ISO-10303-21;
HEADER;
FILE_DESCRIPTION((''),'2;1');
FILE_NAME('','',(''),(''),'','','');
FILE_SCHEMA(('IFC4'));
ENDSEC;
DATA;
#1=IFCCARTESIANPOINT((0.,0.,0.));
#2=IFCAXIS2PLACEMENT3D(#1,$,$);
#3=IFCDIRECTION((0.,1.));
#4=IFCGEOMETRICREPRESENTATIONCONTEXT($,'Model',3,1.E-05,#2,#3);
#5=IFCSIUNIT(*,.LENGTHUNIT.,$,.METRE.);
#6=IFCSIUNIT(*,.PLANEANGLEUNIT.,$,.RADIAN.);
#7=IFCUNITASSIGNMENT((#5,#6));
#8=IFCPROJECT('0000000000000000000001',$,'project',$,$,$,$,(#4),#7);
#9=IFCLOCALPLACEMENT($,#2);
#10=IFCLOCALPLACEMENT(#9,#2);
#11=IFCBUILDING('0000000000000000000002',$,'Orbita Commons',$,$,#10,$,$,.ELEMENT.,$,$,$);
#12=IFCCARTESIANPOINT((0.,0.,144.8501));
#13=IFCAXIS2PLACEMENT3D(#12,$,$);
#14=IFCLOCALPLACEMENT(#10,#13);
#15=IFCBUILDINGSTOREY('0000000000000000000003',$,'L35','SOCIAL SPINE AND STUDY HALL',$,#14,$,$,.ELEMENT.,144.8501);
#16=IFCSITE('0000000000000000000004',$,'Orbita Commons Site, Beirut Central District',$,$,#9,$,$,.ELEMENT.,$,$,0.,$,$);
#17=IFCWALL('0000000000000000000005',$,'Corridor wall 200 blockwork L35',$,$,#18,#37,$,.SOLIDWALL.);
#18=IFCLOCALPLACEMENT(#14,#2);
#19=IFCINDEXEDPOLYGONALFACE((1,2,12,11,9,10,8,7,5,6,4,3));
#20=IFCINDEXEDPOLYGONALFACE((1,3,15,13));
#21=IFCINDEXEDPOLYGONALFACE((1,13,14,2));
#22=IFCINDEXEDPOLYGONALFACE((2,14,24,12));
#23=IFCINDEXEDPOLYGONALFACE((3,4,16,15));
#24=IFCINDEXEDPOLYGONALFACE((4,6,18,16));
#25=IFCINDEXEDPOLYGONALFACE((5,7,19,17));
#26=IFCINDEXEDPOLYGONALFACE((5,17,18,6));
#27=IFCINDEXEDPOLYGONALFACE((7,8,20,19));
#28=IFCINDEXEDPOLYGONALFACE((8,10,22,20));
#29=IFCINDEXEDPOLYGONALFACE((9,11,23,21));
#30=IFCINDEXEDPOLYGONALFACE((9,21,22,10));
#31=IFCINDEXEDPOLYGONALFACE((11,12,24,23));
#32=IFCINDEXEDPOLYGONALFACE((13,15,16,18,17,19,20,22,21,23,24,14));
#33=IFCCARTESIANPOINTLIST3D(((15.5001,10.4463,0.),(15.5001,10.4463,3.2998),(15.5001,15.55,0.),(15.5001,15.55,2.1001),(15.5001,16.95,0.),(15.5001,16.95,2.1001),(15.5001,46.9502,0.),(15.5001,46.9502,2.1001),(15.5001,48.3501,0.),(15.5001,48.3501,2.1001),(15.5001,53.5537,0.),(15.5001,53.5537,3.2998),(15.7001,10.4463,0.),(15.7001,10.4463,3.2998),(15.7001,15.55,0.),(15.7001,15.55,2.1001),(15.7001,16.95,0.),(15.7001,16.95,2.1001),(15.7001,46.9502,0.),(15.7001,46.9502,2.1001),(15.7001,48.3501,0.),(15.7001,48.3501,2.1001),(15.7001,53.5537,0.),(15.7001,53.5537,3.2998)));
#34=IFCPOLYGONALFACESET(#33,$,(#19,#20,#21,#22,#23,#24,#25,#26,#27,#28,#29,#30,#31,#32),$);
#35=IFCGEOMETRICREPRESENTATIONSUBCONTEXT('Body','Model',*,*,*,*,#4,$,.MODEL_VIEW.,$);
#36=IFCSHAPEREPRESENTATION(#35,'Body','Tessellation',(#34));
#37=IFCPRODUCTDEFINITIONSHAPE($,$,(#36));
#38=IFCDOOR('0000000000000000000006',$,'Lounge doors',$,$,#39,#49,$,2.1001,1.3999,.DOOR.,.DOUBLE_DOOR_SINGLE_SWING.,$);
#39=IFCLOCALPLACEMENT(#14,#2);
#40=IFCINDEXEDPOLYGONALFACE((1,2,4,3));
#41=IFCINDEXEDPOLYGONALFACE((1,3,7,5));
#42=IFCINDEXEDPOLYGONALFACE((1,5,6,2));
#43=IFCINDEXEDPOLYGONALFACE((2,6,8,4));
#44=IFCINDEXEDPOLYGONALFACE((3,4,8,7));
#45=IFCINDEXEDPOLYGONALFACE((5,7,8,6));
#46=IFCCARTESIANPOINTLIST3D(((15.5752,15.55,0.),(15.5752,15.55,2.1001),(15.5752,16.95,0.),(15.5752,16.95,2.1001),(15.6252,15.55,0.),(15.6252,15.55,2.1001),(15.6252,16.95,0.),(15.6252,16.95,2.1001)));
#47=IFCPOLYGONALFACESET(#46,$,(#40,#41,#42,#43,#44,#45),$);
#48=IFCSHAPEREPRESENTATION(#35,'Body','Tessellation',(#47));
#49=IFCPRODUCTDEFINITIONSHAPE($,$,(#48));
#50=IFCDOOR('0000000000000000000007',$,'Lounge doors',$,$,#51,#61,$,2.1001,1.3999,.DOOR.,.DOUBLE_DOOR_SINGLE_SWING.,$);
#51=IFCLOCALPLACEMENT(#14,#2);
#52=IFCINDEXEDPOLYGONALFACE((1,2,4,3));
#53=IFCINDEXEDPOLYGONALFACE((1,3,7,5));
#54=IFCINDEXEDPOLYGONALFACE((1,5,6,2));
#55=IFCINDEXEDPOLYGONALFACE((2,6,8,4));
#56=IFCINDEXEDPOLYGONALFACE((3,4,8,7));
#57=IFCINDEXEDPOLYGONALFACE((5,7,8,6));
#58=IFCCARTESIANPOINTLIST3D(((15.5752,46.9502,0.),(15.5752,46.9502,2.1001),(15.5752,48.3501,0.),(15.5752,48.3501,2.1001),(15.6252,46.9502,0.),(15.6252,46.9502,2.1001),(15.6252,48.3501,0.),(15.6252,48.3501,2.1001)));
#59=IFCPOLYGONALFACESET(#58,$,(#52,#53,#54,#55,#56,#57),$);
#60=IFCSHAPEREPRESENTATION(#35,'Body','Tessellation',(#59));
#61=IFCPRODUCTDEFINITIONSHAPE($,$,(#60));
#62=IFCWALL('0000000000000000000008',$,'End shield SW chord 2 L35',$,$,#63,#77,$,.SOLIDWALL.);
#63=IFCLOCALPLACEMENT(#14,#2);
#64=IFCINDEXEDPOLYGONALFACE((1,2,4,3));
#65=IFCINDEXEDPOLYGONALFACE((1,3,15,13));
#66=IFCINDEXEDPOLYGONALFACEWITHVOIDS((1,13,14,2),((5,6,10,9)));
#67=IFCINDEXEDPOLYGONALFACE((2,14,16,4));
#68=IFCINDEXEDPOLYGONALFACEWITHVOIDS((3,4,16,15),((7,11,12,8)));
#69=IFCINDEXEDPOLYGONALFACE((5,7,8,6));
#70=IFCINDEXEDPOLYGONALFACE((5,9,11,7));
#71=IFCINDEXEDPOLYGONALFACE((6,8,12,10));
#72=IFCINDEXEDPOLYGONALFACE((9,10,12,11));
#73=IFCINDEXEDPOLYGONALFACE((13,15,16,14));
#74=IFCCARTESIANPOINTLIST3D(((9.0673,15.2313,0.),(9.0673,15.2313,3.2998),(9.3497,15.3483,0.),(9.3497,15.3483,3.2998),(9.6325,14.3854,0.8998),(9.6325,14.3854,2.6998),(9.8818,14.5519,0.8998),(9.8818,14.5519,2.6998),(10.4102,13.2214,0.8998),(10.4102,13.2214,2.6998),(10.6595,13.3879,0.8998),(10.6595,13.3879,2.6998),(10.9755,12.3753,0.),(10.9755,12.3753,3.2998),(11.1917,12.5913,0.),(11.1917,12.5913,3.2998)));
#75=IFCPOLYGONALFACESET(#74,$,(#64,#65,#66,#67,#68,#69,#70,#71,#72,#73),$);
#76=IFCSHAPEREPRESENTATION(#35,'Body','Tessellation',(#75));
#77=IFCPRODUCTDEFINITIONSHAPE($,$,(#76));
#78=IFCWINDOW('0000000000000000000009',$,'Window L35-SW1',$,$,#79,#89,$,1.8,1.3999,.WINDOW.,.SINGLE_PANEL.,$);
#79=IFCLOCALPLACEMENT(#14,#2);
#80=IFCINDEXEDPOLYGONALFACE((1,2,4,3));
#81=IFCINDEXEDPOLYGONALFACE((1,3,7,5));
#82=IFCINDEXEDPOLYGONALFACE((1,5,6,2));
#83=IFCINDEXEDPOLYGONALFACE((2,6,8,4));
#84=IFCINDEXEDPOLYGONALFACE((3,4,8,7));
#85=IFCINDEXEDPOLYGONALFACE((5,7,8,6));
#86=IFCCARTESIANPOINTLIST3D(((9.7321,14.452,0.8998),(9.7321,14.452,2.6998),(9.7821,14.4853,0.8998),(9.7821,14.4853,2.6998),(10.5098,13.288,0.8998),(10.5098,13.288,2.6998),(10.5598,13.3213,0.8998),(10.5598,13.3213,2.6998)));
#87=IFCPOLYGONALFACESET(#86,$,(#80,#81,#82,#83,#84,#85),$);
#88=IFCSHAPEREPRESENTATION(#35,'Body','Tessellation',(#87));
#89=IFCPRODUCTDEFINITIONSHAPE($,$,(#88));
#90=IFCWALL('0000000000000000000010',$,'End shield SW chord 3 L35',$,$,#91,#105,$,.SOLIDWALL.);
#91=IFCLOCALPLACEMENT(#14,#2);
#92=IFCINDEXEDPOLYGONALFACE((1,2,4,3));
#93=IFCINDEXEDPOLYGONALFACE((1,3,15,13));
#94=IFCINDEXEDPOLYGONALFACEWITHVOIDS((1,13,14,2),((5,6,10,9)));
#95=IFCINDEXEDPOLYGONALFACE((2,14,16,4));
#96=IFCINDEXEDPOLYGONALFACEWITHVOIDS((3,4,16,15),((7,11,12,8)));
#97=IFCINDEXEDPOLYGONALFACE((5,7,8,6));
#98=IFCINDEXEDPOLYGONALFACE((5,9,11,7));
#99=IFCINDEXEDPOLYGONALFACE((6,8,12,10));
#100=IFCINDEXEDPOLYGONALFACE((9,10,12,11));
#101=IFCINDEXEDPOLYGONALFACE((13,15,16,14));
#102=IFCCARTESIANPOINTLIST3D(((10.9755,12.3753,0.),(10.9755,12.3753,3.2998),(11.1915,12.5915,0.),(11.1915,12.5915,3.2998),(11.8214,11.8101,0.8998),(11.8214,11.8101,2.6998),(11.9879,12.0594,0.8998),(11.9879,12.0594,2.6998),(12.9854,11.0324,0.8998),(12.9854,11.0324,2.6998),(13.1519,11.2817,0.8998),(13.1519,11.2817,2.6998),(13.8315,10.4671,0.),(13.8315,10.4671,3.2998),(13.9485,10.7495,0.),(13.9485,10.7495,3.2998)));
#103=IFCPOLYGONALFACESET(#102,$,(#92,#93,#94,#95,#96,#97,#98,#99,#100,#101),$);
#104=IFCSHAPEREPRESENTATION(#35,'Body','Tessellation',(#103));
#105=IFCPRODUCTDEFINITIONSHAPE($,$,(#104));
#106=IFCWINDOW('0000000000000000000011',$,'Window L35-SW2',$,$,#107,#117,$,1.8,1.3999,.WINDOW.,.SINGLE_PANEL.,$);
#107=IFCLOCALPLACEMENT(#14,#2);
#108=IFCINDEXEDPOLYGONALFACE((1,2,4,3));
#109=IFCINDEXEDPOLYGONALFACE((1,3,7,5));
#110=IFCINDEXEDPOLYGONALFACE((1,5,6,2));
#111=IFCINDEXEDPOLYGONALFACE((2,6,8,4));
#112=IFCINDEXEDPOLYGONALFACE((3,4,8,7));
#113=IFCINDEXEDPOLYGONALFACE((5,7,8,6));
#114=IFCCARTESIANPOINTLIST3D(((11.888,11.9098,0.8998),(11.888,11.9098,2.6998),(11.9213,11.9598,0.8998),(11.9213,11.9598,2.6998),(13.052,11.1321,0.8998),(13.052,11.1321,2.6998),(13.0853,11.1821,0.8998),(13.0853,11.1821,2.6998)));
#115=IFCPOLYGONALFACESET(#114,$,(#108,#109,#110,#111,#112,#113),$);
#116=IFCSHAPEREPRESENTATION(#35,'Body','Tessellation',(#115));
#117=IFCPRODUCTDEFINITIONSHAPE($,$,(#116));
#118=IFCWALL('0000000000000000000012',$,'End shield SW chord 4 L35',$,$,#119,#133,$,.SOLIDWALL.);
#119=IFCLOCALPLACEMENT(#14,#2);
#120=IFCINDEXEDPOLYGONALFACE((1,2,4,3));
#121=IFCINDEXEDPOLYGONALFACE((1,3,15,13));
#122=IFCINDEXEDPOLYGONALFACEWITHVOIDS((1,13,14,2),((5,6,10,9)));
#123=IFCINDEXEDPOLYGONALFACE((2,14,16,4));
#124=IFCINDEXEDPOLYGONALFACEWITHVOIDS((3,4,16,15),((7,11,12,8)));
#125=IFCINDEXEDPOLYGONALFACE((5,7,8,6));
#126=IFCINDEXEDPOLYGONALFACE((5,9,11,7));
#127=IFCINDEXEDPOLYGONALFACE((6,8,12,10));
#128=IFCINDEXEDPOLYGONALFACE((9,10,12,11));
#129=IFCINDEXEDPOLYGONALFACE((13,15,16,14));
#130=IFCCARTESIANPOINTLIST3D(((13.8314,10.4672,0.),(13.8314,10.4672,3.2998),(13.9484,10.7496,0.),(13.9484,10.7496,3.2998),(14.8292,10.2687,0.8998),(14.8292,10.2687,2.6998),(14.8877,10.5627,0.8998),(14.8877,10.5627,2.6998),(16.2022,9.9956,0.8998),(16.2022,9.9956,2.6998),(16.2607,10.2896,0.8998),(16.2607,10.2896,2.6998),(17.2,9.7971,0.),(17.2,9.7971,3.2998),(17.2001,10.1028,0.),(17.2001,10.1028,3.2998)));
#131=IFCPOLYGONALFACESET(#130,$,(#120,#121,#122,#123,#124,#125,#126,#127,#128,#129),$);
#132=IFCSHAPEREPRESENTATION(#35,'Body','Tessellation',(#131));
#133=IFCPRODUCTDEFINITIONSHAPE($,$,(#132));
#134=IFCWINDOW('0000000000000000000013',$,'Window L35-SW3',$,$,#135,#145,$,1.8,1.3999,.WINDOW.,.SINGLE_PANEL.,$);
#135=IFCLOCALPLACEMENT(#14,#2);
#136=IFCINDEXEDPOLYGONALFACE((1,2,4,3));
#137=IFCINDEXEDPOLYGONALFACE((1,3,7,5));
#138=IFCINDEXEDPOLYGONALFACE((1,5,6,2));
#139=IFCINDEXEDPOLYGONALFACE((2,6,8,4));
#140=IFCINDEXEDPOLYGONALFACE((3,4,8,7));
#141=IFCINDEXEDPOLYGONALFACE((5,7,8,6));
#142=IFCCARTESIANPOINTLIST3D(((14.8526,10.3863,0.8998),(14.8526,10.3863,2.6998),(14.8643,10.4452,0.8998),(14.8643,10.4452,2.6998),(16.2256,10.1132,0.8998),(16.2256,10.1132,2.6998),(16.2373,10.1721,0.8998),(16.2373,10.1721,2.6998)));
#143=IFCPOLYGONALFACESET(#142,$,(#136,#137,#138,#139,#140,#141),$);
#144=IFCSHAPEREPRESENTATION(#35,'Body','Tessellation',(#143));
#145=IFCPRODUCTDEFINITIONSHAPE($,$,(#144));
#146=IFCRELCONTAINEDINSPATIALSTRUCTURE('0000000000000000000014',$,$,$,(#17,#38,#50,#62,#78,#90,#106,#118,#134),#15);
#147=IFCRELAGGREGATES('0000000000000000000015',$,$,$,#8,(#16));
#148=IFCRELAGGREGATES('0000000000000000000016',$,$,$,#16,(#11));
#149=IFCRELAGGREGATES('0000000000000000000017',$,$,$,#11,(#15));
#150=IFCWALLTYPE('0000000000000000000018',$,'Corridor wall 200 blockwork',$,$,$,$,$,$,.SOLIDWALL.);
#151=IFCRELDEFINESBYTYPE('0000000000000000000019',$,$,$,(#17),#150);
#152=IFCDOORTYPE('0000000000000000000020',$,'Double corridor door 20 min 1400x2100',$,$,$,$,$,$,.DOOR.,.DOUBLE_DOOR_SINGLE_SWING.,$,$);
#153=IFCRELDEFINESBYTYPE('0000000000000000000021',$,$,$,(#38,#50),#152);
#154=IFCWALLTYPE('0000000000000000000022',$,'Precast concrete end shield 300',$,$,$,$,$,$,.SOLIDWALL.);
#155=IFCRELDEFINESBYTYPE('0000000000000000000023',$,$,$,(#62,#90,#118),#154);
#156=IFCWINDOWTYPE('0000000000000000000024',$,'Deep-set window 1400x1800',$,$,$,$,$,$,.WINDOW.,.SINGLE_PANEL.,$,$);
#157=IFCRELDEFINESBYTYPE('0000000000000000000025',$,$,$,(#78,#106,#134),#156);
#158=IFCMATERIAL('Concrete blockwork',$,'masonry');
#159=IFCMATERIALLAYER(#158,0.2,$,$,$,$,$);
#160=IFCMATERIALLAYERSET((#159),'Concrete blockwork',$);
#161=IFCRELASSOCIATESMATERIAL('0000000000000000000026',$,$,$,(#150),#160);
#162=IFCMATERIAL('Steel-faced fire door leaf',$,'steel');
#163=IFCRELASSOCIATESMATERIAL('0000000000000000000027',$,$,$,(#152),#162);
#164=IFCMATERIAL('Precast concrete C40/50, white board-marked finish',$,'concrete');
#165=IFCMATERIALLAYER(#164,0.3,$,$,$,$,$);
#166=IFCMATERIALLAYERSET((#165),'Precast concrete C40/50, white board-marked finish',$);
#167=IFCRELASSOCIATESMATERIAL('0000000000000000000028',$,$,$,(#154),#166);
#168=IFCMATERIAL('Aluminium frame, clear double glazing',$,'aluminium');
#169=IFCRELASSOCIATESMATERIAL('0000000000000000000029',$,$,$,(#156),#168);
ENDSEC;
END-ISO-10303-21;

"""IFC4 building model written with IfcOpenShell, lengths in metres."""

from ifc_helpers import new_model, si_unit, direction, frame, frame_2d, origin, place, context, subcontext, project, spatial, polyline, rectangle, outline, extrude, material, layer, layer_set, type_object, element, fill, save


model = new_model("IFC4")

# Units and contexts
model_context = context("Model", 3, precision=1e-05, world=origin(), true_north=direction((0.0, 1.0)))
body_context = subcontext(model_context, "Body", "Model", "MODEL_VIEW")
ifc_project = project(units=[si_unit("LENGTHUNIT", "METRE"), si_unit("PLANEANGLEUNIT", "RADIAN")], contexts=[model_context])

# Site, building, storey
site_placement = place(None, origin())
site = spatial("IfcSite", under=ifc_project, at=site_placement, Name="Orbita Commons Site, Beirut Central District", CompositionType="ELEMENT", RefElevation=0.0)
building_placement = place(site_placement, origin())
building = spatial("IfcBuilding", under=site, at=building_placement, Name="Orbita Commons", CompositionType="ELEMENT")
storey_placement = place(building_placement, frame((0.0, 0.0, 144.8501)))
storey = spatial("IfcBuildingStorey", under=building, at=storey_placement, Name="L35", Description="SOCIAL SPINE AND STUDY HALL", CompositionType="ELEMENT", Elevation=144.8501)

# Shared definitions
ifc_material_1 = material(Name="Concrete blockwork", Category="masonry")
ifc_layer_1 = layer(ifc_material_1, 0.2)
ifc_layer_set_1 = layer_set([ifc_layer_1], Name="Concrete blockwork")
wall_type_1 = type_object("IfcWallType", Name="Corridor wall 200 blockwork", PredefinedType="SOLIDWALL", material=ifc_layer_set_1)

# Wall, openings, doors
wall_1_placement = place(storey_placement, frame((15.6001, 10.4463, 0.0), z_axis=(0.0, 0.0, 1.0), x_axis=(0.0, 1.0, 0.0)))
wall_1 = element("IfcWall", 1, at=wall_1_placement, inside=storey, type_object=wall_type_1, Name="Corridor wall 200 blockwork L35", PredefinedType="SOLIDWALL", context=body_context, shape_type="SweptSolid", body=[
    extrude(rectangle(XDim=43.1074, YDim=0.2, at=frame_2d((21.5537, 0.0))), origin(), (0.0, 0.0, 1.0), 3.2998),
])
opening_1_placement = place(wall_1_placement, frame((5.1038, 0.0, 0.0)))
opening_1 = element("IfcOpeningElement", 2, at=opening_1_placement, cuts=wall_1, PredefinedType="OPENING", context=body_context, shape_type="SweptSolid", body=[
    extrude(rectangle(XDim=1.3999, YDim=2.1001, at=frame_2d((0.7, 1.05))), frame((0.0, 0.1099, 0.0), z_axis=(0.0, -1.0, 0.0), x_axis=(1.0, 0.0, 0.0)), (0.0, 0.0, 1.0), 0.22),
])
opening_2_placement = place(wall_1_placement, frame((36.5039, 0.0, 0.0)))
opening_2 = element("IfcOpeningElement", 3, at=opening_2_placement, cuts=wall_1, PredefinedType="OPENING", context=body_context, shape_type="SweptSolid", body=[
    extrude(rectangle(XDim=1.3999, YDim=2.1001, at=frame_2d((0.7, 1.05))), frame((0.0, 0.1099, 0.0), z_axis=(0.0, -1.0, 0.0), x_axis=(1.0, 0.0, 0.0)), (0.0, 0.0, 1.0), 0.22),
])
ifc_material_2 = material(Name="Steel-faced fire door leaf", Category="steel")
door_type_1 = type_object("IfcDoorType", Name="Double corridor door 20 min 1400x2100", OperationType="DOUBLE_DOOR_SINGLE_SWING", PredefinedType="DOOR", material=ifc_material_2)
door_1_placement = place(opening_1_placement, origin())
door_1 = element("IfcDoor", 4, at=door_1_placement, inside=storey, type_object=door_type_1, Name="Lounge doors", OperationType="DOUBLE_DOOR_SINGLE_SWING", OverallHeight=2.1001, OverallWidth=1.3999, PredefinedType="DOOR", context=body_context, shape_type="SweptSolid", body=[
    extrude(rectangle(XDim=1.3999, YDim=2.1001, at=frame_2d((0.7, 1.05))), frame((0.0, 0.0249, 0.0), z_axis=(0.0, -1.0, 0.0), x_axis=(1.0, 0.0, 0.0)), (0.0, 0.0, 1.0), 0.05),
])
fill(opening_1, door_1)
door_2_placement = place(opening_2_placement, origin())
door_2 = element("IfcDoor", 5, at=door_2_placement, inside=storey, type_object=door_type_1, Name="Lounge doors", OperationType="DOUBLE_DOOR_SINGLE_SWING", OverallHeight=2.1001, OverallWidth=1.3999, PredefinedType="DOOR", context=body_context, shape_type="SweptSolid", body=[
    extrude(rectangle(XDim=1.3999, YDim=2.1001, at=frame_2d((0.7, 1.05))), frame((0.0, 0.0249, 0.0), z_axis=(0.0, -1.0, 0.0), x_axis=(1.0, 0.0, 0.0)), (0.0, 0.0, 1.0), 0.05),
])
fill(opening_2, door_2)

# Walls, openings, windows
ifc_material_3 = material(Name="Precast concrete C40/50, white board-marked finish", Category="concrete")
ifc_layer_2 = layer(ifc_material_3, 0.3)
ifc_layer_set_2 = layer_set([ifc_layer_2], Name="Precast concrete C40/50, white board-marked finish")
wall_type_2 = type_object("IfcWallType", Name="Precast concrete end shield 300", PredefinedType="SOLIDWALL", material=ifc_layer_set_2)
wall_2_placement = place(storey_placement, frame((9.2085, 15.2898, 0.0), z_axis=(0.0, 0.0, 1.0), x_axis=(0.555535, -0.831493, 0.0)))
wall_2 = element("IfcWall", 6, at=wall_2_placement, inside=storey, type_object=wall_type_2, Name="End shield SW chord 2 L35", PredefinedType="SOLIDWALL", context=body_context, shape_type="SweptSolid", body=[
    extrude(outline(polyline([(-0.0298, -0.1499), (3.405, -0.1499), (3.3455, 0.1499), (0.0298, 0.1499), (-0.0298, -0.1499)])), origin(), (0.0, 0.0, 1.0), 3.2998),
])
opening_3_placement = place(wall_2_placement, frame((0.9875, 0.0, 0.8999)))
opening_3 = element("IfcOpeningElement", 7, at=opening_3_placement, cuts=wall_2, PredefinedType="OPENING", context=body_context, shape_type="SweptSolid", body=[
    extrude(rectangle(XDim=1.3999, YDim=1.8, at=frame_2d((0.7, 0.8999))), frame((0.0, 0.1599, 0.0), z_axis=(0.0, -1.0, 0.0), x_axis=(1.0, 0.0, 0.0)), (0.0, 0.0, 1.0), 0.3201),
])
ifc_material_4 = material(Name="Aluminium frame, clear double glazing", Category="aluminium")
window_type = type_object("IfcWindowType", Name="Deep-set window 1400x1800", PartitioningType="SINGLE_PANEL", PredefinedType="WINDOW", material=ifc_material_4)
window_1_placement = place(opening_3_placement, origin())
window_1 = element("IfcWindow", 8, at=window_1_placement, inside=storey, type_object=window_type, Name="Window L35-SW1", OverallHeight=1.8, OverallWidth=1.3999, PartitioningType="SINGLE_PANEL", PredefinedType="WINDOW", context=body_context, shape_type="SweptSolid", body=[
    extrude(rectangle(XDim=1.3999, YDim=1.8, at=frame_2d((0.7, 0.8999))), frame((0.0, 0.03, 0.0), z_axis=(0.0, -1.0, 0.0), x_axis=(1.0, 0.0, 0.0)), (0.0, 0.0, 1.0), 0.0601),
])
fill(opening_3, window_1)
wall_3_placement = place(storey_placement, frame((11.0835, 12.4834, 0.0), z_axis=(0.0, 0.0, 1.0), x_axis=(0.831493, -0.555535, 0.0)))
wall_3 = element("IfcWall", 9, at=wall_3_placement, inside=storey, type_object=wall_type_2, Name="End shield SW chord 3 L35", PredefinedType="SOLIDWALL", context=body_context, shape_type="SweptSolid", body=[
    extrude(outline(polyline([(-0.0298, -0.1499), (3.405, -0.1499), (3.3455, 0.1499), (0.0298, 0.1499), (-0.0298, -0.1499)])), origin(), (0.0, 0.0, 1.0), 3.2998),
])
opening_4_placement = place(wall_3_placement, frame((0.9875, 0.0, 0.8999)))
opening_4 = element("IfcOpeningElement", 10, at=opening_4_placement, cuts=wall_3, PredefinedType="OPENING", context=body_context, shape_type="SweptSolid", body=[
    extrude(rectangle(XDim=1.3999, YDim=1.8, at=frame_2d((0.7, 0.8999))), frame((0.0, 0.1599, 0.0), z_axis=(0.0, -1.0, 0.0), x_axis=(1.0, 0.0, 0.0)), (0.0, 0.0, 1.0), 0.3201),
])
window_2_placement = place(opening_4_placement, origin())
window_2 = element("IfcWindow", 11, at=window_2_placement, inside=storey, type_object=window_type, Name="Window L35-SW2", OverallHeight=1.8, OverallWidth=1.3999, PartitioningType="SINGLE_PANEL", PredefinedType="WINDOW", context=body_context, shape_type="SweptSolid", body=[
    extrude(rectangle(XDim=1.3999, YDim=1.8, at=frame_2d((0.7, 0.8999))), frame((0.0, 0.03, 0.0), z_axis=(0.0, -1.0, 0.0), x_axis=(1.0, 0.0, 0.0)), (0.0, 0.0, 1.0), 0.0601),
])
fill(opening_4, window_2)
wall_4_placement = place(storey_placement, frame((13.8899, 10.6084, 0.0), z_axis=(0.0, 0.0, 1.0), x_axis=(0.980783, -0.1951, 0.0)))
wall_4 = element("IfcWall", 12, at=wall_4_placement, inside=storey, type_object=wall_type_2, Name="End shield SW chord 4 L35", PredefinedType="SOLIDWALL", context=body_context, shape_type="SweptSolid", body=[
    extrude(outline(polyline([(-0.0298, -0.1499), (3.4048, -0.1499), (3.3452, 0.1499), (0.0298, 0.1499), (-0.0298, -0.1499)])), origin(), (0.0, 0.0, 1.0), 3.2998),
])
opening_5_placement = place(wall_4_placement, frame((0.9875, 0.0, 0.8999)))
opening_5 = element("IfcOpeningElement", 13, at=opening_5_placement, cuts=wall_4, PredefinedType="OPENING", context=body_context, shape_type="SweptSolid", body=[
    extrude(rectangle(XDim=1.3999, YDim=1.8, at=frame_2d((0.7, 0.8999))), frame((0.0, 0.1599, 0.0), z_axis=(0.0, -1.0, 0.0), x_axis=(1.0, 0.0, 0.0)), (0.0, 0.0, 1.0), 0.3201),
])
window_3_placement = place(opening_5_placement, origin())
window_3 = element("IfcWindow", 14, at=window_3_placement, inside=storey, type_object=window_type, Name="Window L35-SW3", OverallHeight=1.8, OverallWidth=1.3999, PartitioningType="SINGLE_PANEL", PredefinedType="WINDOW", context=body_context, shape_type="SweptSolid", body=[
    extrude(rectangle(XDim=1.3999, YDim=1.8, at=frame_2d((0.7, 0.8999))), frame((0.0, 0.03, 0.0), z_axis=(0.0, -1.0, 0.0), x_axis=(1.0, 0.0, 0.0)), (0.0, 0.0, 1.0), 0.0601),
])
fill(opening_5, window_3)

save(model, "model.ifc")
